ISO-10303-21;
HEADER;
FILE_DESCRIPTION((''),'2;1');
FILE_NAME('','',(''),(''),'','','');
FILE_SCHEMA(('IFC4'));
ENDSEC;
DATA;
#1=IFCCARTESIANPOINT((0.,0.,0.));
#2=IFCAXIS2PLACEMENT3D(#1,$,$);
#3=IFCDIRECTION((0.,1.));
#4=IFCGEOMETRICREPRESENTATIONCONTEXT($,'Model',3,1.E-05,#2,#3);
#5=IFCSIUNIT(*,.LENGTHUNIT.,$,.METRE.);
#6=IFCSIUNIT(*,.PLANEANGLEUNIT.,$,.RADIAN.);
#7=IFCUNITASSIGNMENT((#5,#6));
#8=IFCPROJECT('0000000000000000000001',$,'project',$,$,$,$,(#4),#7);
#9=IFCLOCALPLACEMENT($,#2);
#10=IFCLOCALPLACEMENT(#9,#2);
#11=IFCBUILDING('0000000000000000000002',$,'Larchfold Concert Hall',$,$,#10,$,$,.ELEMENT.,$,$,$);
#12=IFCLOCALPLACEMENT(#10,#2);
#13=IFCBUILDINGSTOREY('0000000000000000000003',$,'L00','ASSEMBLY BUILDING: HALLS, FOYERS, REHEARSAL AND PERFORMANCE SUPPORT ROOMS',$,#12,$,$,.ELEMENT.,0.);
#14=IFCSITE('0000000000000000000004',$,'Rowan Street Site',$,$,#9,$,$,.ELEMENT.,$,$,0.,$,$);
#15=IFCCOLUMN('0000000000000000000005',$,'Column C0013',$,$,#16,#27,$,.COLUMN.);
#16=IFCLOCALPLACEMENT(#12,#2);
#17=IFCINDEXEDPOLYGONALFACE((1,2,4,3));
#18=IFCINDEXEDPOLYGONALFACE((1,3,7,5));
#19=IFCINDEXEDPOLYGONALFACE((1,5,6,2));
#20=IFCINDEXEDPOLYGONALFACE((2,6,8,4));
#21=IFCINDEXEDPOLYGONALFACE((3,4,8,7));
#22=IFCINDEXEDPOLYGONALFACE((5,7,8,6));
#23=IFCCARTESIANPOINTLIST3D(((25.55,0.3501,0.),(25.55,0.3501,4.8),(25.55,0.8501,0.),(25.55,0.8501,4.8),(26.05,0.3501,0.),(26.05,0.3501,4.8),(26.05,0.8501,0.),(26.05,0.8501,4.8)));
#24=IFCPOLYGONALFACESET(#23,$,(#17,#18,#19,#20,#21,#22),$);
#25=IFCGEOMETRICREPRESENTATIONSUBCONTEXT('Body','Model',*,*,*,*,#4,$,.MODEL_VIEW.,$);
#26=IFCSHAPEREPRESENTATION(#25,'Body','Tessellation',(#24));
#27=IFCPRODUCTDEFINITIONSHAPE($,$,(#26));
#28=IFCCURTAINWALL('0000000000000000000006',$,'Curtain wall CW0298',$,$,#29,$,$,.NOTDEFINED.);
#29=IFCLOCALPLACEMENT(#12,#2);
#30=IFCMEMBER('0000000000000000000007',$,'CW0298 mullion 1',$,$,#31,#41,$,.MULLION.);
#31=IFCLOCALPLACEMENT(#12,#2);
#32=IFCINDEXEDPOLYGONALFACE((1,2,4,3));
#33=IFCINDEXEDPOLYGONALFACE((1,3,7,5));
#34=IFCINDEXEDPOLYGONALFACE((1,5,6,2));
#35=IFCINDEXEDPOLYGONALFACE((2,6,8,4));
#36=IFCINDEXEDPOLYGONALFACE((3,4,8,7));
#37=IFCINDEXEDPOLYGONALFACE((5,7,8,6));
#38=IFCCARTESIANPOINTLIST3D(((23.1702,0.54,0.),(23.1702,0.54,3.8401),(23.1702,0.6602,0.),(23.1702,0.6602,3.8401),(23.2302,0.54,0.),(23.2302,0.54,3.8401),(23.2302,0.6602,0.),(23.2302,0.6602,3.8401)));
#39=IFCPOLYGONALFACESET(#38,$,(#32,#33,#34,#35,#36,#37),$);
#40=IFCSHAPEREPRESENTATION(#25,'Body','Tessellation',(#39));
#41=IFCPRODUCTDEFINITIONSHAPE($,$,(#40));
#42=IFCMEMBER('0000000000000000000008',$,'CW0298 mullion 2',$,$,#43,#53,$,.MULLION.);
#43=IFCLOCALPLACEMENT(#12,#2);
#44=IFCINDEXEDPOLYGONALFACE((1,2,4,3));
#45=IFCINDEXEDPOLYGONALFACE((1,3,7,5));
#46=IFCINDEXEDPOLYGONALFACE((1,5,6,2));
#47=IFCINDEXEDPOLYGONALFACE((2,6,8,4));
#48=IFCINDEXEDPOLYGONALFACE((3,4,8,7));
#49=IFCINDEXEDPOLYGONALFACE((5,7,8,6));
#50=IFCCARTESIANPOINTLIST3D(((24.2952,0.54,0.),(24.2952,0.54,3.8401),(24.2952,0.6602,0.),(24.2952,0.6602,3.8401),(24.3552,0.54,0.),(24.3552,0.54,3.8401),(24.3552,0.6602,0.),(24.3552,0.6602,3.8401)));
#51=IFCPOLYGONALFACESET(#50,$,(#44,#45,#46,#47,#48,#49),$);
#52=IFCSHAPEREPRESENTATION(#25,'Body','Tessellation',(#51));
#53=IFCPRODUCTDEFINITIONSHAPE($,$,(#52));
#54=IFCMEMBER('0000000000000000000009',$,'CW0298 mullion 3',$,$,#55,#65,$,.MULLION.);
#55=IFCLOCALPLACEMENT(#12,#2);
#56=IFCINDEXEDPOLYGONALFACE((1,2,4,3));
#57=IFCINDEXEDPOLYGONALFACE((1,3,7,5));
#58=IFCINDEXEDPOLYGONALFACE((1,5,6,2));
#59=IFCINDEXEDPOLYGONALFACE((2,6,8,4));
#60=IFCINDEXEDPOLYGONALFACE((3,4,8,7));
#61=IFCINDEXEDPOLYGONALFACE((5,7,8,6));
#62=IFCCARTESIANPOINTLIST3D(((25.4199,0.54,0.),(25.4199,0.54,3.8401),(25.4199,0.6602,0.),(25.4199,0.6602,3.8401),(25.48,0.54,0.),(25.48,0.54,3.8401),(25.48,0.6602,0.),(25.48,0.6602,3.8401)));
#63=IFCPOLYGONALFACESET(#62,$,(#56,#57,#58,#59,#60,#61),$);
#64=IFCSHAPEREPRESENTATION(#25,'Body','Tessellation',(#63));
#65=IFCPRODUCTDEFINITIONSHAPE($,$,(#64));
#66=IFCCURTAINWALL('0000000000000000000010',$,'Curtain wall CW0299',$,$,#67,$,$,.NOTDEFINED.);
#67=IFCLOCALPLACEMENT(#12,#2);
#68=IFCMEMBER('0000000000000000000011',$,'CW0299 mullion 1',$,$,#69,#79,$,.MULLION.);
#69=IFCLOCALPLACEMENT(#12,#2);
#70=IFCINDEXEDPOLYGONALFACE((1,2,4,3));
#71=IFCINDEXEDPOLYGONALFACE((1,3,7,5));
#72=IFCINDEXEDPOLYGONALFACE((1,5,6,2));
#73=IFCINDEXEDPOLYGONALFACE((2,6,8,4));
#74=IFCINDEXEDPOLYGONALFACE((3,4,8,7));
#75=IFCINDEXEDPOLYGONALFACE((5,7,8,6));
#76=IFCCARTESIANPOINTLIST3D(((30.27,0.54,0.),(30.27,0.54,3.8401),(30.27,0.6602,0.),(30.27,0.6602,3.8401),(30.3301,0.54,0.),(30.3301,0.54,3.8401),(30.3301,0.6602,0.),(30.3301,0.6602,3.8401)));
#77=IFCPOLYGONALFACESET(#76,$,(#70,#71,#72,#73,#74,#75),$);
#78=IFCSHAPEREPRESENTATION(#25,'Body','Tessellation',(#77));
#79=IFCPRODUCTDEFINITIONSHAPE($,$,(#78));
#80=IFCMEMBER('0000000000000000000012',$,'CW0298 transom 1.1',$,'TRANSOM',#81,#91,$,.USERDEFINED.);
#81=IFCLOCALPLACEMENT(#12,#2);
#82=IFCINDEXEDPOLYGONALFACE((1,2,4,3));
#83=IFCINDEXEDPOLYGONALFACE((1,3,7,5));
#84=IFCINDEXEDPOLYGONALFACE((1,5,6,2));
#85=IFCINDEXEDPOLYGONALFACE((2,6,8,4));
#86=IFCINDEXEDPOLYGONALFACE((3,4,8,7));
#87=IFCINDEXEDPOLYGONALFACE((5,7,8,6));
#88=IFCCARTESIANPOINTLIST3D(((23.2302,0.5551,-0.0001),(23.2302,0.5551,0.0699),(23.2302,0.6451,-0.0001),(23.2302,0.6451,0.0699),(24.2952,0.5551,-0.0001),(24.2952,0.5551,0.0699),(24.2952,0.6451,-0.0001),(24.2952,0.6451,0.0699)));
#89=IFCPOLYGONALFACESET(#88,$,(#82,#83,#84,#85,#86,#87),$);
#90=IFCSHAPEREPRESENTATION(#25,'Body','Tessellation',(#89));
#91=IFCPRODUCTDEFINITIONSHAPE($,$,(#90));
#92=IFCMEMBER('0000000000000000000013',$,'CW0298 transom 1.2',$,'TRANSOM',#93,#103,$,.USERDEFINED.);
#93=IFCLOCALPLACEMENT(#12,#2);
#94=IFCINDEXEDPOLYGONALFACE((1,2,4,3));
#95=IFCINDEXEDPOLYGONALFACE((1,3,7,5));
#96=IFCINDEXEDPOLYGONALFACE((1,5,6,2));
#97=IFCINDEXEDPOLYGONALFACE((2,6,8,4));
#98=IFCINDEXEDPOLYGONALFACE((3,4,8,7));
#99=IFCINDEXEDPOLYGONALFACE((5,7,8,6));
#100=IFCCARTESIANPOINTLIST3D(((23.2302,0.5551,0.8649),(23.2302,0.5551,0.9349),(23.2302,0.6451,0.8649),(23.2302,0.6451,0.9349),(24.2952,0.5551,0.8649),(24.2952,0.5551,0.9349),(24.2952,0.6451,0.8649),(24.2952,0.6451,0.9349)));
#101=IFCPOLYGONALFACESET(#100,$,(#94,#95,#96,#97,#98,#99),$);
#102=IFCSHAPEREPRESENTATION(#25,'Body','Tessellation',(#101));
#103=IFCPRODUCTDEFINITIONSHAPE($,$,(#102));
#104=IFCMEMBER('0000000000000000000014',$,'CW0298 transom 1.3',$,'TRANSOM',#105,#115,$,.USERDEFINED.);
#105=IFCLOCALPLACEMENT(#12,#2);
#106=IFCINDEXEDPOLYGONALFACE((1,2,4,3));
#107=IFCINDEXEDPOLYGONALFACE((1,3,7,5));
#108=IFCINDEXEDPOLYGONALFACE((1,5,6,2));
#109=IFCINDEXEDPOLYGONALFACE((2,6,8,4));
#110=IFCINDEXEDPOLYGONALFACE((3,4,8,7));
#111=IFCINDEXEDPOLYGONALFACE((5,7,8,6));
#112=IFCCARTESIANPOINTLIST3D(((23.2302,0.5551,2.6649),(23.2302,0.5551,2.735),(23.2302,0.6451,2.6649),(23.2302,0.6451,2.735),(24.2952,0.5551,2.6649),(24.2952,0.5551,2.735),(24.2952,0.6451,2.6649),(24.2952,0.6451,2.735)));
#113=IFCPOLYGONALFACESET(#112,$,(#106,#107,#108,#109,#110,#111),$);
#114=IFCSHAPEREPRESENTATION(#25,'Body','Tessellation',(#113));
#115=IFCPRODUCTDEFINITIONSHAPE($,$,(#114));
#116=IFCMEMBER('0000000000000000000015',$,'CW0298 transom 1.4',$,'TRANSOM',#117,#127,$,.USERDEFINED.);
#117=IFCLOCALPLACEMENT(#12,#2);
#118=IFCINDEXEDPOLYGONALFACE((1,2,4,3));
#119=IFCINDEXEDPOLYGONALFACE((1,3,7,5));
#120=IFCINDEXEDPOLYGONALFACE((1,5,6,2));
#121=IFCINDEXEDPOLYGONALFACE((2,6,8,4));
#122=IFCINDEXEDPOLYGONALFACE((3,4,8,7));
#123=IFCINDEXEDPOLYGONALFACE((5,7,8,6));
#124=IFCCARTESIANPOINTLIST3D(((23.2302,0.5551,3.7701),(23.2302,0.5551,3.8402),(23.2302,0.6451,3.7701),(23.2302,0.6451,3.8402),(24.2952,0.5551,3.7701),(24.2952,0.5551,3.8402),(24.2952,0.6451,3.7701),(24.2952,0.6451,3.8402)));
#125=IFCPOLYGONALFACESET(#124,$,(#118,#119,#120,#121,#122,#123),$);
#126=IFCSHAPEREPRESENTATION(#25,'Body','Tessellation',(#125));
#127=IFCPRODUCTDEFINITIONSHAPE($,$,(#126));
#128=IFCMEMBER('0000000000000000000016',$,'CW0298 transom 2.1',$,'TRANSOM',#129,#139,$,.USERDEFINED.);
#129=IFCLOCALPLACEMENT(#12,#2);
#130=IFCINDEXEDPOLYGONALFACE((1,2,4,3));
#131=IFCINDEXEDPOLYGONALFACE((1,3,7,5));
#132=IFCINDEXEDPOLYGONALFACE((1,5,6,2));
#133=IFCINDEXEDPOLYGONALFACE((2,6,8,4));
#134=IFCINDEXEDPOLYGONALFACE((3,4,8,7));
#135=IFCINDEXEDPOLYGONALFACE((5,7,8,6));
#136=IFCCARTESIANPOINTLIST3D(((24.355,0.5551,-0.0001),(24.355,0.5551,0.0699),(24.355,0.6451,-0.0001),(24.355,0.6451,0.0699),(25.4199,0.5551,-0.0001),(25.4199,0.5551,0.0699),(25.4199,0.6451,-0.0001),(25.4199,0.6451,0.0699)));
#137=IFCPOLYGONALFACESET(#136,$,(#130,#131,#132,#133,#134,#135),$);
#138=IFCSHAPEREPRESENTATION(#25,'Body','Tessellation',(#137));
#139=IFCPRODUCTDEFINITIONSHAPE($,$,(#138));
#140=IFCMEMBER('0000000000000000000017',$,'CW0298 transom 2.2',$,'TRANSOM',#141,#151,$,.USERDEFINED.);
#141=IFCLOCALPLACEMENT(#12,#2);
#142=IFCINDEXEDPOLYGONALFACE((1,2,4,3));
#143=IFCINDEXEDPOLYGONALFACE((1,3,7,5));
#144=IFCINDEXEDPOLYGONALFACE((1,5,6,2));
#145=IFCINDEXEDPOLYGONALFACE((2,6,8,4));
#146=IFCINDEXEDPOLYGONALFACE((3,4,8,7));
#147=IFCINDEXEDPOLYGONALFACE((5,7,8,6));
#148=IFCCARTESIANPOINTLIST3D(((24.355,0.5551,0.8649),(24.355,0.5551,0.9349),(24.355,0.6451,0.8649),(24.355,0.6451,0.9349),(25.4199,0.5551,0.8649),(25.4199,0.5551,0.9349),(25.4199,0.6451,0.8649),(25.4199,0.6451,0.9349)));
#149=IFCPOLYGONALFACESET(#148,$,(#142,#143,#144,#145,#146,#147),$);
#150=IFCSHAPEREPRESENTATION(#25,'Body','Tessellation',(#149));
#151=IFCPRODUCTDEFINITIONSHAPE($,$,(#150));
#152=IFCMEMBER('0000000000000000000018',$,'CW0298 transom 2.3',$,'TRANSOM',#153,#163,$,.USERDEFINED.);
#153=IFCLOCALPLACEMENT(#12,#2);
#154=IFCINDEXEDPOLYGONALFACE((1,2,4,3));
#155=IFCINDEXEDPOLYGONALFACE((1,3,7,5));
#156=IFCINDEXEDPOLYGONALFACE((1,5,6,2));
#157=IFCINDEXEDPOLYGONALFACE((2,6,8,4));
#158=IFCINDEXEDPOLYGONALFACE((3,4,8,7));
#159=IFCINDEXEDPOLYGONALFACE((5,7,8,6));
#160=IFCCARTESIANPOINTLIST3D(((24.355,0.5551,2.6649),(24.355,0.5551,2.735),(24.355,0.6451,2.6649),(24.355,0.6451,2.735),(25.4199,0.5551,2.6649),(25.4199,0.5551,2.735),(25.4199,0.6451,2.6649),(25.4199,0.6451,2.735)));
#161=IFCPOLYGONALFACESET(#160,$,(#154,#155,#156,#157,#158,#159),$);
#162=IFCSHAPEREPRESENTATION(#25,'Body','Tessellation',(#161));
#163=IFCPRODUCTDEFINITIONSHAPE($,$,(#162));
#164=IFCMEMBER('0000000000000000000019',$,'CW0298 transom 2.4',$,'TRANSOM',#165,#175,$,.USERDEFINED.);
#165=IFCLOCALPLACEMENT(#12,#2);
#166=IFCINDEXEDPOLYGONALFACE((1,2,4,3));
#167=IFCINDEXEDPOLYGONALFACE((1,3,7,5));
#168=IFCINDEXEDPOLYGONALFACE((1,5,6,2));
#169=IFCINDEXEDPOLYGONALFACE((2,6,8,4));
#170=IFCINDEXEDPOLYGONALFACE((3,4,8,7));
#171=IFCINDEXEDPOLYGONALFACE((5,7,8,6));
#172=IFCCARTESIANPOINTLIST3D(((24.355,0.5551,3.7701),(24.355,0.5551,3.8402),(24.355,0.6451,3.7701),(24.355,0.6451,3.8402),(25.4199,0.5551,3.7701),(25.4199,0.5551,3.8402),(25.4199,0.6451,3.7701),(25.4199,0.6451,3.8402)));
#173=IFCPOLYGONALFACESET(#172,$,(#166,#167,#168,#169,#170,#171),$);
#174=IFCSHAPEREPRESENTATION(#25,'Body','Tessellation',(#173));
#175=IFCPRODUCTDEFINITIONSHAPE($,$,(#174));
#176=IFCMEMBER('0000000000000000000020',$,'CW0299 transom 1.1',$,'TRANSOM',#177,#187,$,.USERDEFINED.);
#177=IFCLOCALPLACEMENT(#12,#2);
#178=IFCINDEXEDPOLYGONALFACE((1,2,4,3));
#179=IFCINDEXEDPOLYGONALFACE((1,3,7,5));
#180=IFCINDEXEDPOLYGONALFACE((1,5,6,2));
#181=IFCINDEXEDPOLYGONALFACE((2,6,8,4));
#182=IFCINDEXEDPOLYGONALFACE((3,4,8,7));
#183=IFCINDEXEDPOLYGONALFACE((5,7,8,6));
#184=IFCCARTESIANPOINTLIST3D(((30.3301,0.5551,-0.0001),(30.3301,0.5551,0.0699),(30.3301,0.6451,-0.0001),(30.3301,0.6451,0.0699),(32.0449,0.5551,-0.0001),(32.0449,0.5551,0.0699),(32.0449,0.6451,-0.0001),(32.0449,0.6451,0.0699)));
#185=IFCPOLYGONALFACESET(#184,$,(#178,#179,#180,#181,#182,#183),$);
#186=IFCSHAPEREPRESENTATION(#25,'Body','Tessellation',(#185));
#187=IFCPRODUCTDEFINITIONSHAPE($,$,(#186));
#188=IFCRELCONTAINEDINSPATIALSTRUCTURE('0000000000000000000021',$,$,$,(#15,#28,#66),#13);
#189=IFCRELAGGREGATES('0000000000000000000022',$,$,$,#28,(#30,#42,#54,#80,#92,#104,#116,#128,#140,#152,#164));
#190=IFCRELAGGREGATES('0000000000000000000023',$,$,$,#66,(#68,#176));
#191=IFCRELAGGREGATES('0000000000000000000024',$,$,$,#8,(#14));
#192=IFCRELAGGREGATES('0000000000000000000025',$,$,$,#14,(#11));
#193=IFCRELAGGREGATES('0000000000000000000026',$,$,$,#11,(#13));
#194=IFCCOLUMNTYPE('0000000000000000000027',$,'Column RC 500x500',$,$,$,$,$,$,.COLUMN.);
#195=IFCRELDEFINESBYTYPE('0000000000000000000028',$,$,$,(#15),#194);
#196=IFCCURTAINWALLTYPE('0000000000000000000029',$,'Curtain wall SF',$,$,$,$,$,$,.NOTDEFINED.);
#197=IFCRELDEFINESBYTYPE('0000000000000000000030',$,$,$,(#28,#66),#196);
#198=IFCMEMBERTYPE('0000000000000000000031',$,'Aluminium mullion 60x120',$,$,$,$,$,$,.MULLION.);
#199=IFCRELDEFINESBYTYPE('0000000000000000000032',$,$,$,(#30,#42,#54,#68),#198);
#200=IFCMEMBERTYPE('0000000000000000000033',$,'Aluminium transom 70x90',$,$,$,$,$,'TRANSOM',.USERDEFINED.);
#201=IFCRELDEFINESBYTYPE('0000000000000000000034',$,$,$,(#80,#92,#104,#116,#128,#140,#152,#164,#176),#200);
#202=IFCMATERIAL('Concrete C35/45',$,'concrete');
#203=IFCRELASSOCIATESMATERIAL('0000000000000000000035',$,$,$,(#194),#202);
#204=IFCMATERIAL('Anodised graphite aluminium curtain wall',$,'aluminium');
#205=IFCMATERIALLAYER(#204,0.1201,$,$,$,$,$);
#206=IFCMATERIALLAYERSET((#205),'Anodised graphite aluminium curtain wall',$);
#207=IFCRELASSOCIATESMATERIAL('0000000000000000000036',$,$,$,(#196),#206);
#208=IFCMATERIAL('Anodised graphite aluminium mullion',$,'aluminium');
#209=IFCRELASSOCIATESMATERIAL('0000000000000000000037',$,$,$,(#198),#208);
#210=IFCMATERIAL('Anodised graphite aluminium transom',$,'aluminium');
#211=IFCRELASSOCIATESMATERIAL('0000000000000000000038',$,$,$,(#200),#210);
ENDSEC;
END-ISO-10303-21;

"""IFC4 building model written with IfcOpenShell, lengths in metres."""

from ifc_helpers import new_model, si_unit, direction, frame, origin, origin_2d, place, context, subcontext, project, spatial, rectangle, extrude, material, layer, layer_set, material_profile, profile_set, type_object, element, aggregate, save


model = new_model("IFC4")

# Units and contexts
model_context = context("Model", 3, precision=1e-05, world=origin(), true_north=direction((0.0, 1.0)))
body_context = subcontext(model_context, "Body", "Model", "MODEL_VIEW")
ifc_project = project(units=[si_unit("LENGTHUNIT", "METRE"), si_unit("PLANEANGLEUNIT", "RADIAN")], contexts=[model_context])

# Site, building, storey
site_placement = place(None, origin())
site = spatial("IfcSite", under=ifc_project, at=site_placement, Name="Rowan Street Site", CompositionType="ELEMENT", RefElevation=0.0)
building_placement = place(site_placement, origin())
building = spatial("IfcBuilding", under=site, at=building_placement, Name="Larchfold Concert Hall", CompositionType="ELEMENT")
storey_placement = place(building_placement, origin())
storey = spatial("IfcBuildingStorey", under=building, at=storey_placement, Name="L00", Description="ASSEMBLY BUILDING: HALLS, FOYERS, REHEARSAL AND PERFORMANCE SUPPORT ROOMS", CompositionType="ELEMENT", Elevation=0.0)

# Column
ifc_material_1 = material(Name="Concrete C35/45", Category="concrete")
ifc_material_profile_1 = material_profile(ifc_material_1, rectangle(XDim=0.5, YDim=0.5, at=origin_2d()))
ifc_profile_set_1 = profile_set([ifc_material_profile_1], Name="Concrete C35/45")
column_type = type_object("IfcColumnType", Name="Column RC 500x500", PredefinedType="COLUMN", material=ifc_profile_set_1)
column_placement = place(storey_placement, frame((25.8, 0.6001, 0.0), z_axis=(0.0, 0.0, 1.0), x_axis=(1.0, 0.0, 0.0)))
element("IfcColumn", 1, at=column_placement, inside=storey, type_object=column_type, Name="Column C0013", PredefinedType="COLUMN", context=body_context, shape_type="SweptSolid", body=[
    extrude(rectangle(XDim=0.5, YDim=0.5, at=origin_2d()), origin(), (0.0, 0.0, 1.0), 4.8),
])

# Curtain wall, members
ifc_material_2 = material(Name="Anodised graphite aluminium curtain wall", Category="aluminium")
ifc_layer_1 = layer(ifc_material_2, 0.1201)
ifc_layer_set_1 = layer_set([ifc_layer_1], Name="Anodised graphite aluminium curtain wall")
curtain_wall_type = type_object("IfcCurtainWallType", Name="Curtain wall SF", PredefinedType="NOTDEFINED", material=ifc_layer_set_1)
curtain_wall_1_placement = place(storey_placement, origin())
curtain_wall_1 = element("IfcCurtainWall", 2, at=curtain_wall_1_placement, inside=storey, type_object=curtain_wall_type, Name="Curtain wall CW0298", PredefinedType="NOTDEFINED")
ifc_material_3 = material(Name="Anodised graphite aluminium mullion", Category="aluminium")
ifc_material_profile_2 = material_profile(ifc_material_3, rectangle(XDim=0.1201, YDim=0.0601, at=origin_2d()))
ifc_profile_set_2 = profile_set([ifc_material_profile_2], Name="Anodised graphite aluminium mullion")
member_type_1 = type_object("IfcMemberType", Name="Aluminium mullion 60x120", PredefinedType="MULLION", material=ifc_profile_set_2)
member_1_placement = place(storey_placement, frame((23.2002, 0.6001, 0.0), z_axis=(0.0, 0.0, 1.0), x_axis=(0.0, 1.0, 0.0)))
member_1 = element("IfcMember", 3, at=member_1_placement, type_object=member_type_1, Name="CW0298 mullion 1", PredefinedType="MULLION", context=body_context, shape_type="SweptSolid", body=[
    extrude(rectangle(XDim=0.1201, YDim=0.0601, at=origin_2d()), origin(), (0.0, 0.0, 1.0), 3.8401),
])
member_2_placement = place(storey_placement, frame((24.3252, 0.6001, 0.0), z_axis=(0.0, 0.0, 1.0), x_axis=(0.0, 1.0, 0.0)))
member_2 = element("IfcMember", 4, at=member_2_placement, type_object=member_type_1, Name="CW0298 mullion 2", PredefinedType="MULLION", context=body_context, shape_type="SweptSolid", body=[
    extrude(rectangle(XDim=0.1201, YDim=0.0601, at=origin_2d()), origin(), (0.0, 0.0, 1.0), 3.8401),
])
member_3_placement = place(storey_placement, frame((25.45, 0.6001, 0.0), z_axis=(0.0, 0.0, 1.0), x_axis=(0.0, 1.0, 0.0)))
member_3 = element("IfcMember", 5, at=member_3_placement, type_object=member_type_1, Name="CW0298 mullion 3", PredefinedType="MULLION", context=body_context, shape_type="SweptSolid", body=[
    extrude(rectangle(XDim=0.1201, YDim=0.0601, at=origin_2d()), origin(), (0.0, 0.0, 1.0), 3.8401),
])

# Curtain wall, member
curtain_wall_2_placement = place(storey_placement, origin())
curtain_wall_2 = element("IfcCurtainWall", 6, at=curtain_wall_2_placement, inside=storey, type_object=curtain_wall_type, Name="Curtain wall CW0299", PredefinedType="NOTDEFINED")
member_4_placement = place(storey_placement, frame((30.3, 0.6001, 0.0), z_axis=(0.0, 0.0, 1.0), x_axis=(0.0, 1.0, 0.0)))
member_4 = element("IfcMember", 7, at=member_4_placement, type_object=member_type_1, Name="CW0299 mullion 1", PredefinedType="MULLION", context=body_context, shape_type="SweptSolid", body=[
    extrude(rectangle(XDim=0.1201, YDim=0.0601, at=origin_2d()), origin(), (0.0, 0.0, 1.0), 3.8401),
])

# Members
ifc_material_4 = material(Name="Anodised graphite aluminium transom", Category="aluminium")
ifc_material_profile_3 = material_profile(ifc_material_4, rectangle(XDim=0.0901, YDim=0.0701, at=origin_2d()))
ifc_profile_set_3 = profile_set([ifc_material_profile_3], Name="Anodised graphite aluminium transom")
member_type_2 = type_object("IfcMemberType", Name="Aluminium transom 70x90", ElementType="TRANSOM", PredefinedType="USERDEFINED", material=ifc_profile_set_3)
member_5_placement = place(storey_placement, frame((23.2302, 0.6001, 0.0349), z_axis=(1.0, 0.0, 0.0), x_axis=(0.0, 1.0, 0.0)))
member_5 = element("IfcMember", 8, at=member_5_placement, type_object=member_type_2, Name="CW0298 transom 1.1", ObjectType="TRANSOM", PredefinedType="USERDEFINED", context=body_context, shape_type="SweptSolid", body=[
    extrude(rectangle(XDim=0.0901, YDim=0.0701, at=origin_2d()), origin(), (0.0, 0.0, 1.0), 1.0649),
])
member_6_placement = place(storey_placement, frame((23.2302, 0.6001, 0.8999), z_axis=(1.0, 0.0, 0.0), x_axis=(0.0, 1.0, 0.0)))
member_6 = element("IfcMember", 9, at=member_6_placement, type_object=member_type_2, Name="CW0298 transom 1.2", ObjectType="TRANSOM", PredefinedType="USERDEFINED", context=body_context, shape_type="SweptSolid", body=[
    extrude(rectangle(XDim=0.0901, YDim=0.0701, at=origin_2d()), origin(), (0.0, 0.0, 1.0), 1.0649),
])
member_7_placement = place(storey_placement, frame((23.2302, 0.6001, 2.7), z_axis=(1.0, 0.0, 0.0), x_axis=(0.0, 1.0, 0.0)))
member_7 = element("IfcMember", 10, at=member_7_placement, type_object=member_type_2, Name="CW0298 transom 1.3", ObjectType="TRANSOM", PredefinedType="USERDEFINED", context=body_context, shape_type="SweptSolid", body=[
    extrude(rectangle(XDim=0.0901, YDim=0.0701, at=origin_2d()), origin(), (0.0, 0.0, 1.0), 1.0649),
])
member_8_placement = place(storey_placement, frame((23.2302, 0.6001, 3.8052), z_axis=(1.0, 0.0, 0.0), x_axis=(0.0, 1.0, 0.0)))
member_8 = element("IfcMember", 11, at=member_8_placement, type_object=member_type_2, Name="CW0298 transom 1.4", ObjectType="TRANSOM", PredefinedType="USERDEFINED", context=body_context, shape_type="SweptSolid", body=[
    extrude(rectangle(XDim=0.0901, YDim=0.0701, at=origin_2d()), origin(), (0.0, 0.0, 1.0), 1.0649),
])
member_9_placement = place(storey_placement, frame((24.355, 0.6001, 0.0349), z_axis=(1.0, 0.0, 0.0), x_axis=(0.0, 1.0, 0.0)))
member_9 = element("IfcMember", 12, at=member_9_placement, type_object=member_type_2, Name="CW0298 transom 2.1", ObjectType="TRANSOM", PredefinedType="USERDEFINED", context=body_context, shape_type="SweptSolid", body=[
    extrude(rectangle(XDim=0.0901, YDim=0.0701, at=origin_2d()), origin(), (0.0, 0.0, 1.0), 1.0649),
])
member_10_placement = place(storey_placement, frame((24.355, 0.6001, 0.8999), z_axis=(1.0, 0.0, 0.0), x_axis=(0.0, 1.0, 0.0)))
member_10 = element("IfcMember", 13, at=member_10_placement, type_object=member_type_2, Name="CW0298 transom 2.2", ObjectType="TRANSOM", PredefinedType="USERDEFINED", context=body_context, shape_type="SweptSolid", body=[
    extrude(rectangle(XDim=0.0901, YDim=0.0701, at=origin_2d()), origin(), (0.0, 0.0, 1.0), 1.0649),
])
member_11_placement = place(storey_placement, frame((24.355, 0.6001, 2.7), z_axis=(1.0, 0.0, 0.0), x_axis=(0.0, 1.0, 0.0)))
member_11 = element("IfcMember", 14, at=member_11_placement, type_object=member_type_2, Name="CW0298 transom 2.3", ObjectType="TRANSOM", PredefinedType="USERDEFINED", context=body_context, shape_type="SweptSolid", body=[
    extrude(rectangle(XDim=0.0901, YDim=0.0701, at=origin_2d()), origin(), (0.0, 0.0, 1.0), 1.0649),
])
member_12_placement = place(storey_placement, frame((24.355, 0.6001, 3.8052), z_axis=(1.0, 0.0, 0.0), x_axis=(0.0, 1.0, 0.0)))
member_12 = element("IfcMember", 15, at=member_12_placement, type_object=member_type_2, Name="CW0298 transom 2.4", ObjectType="TRANSOM", PredefinedType="USERDEFINED", context=body_context, shape_type="SweptSolid", body=[
    extrude(rectangle(XDim=0.0901, YDim=0.0701, at=origin_2d()), origin(), (0.0, 0.0, 1.0), 1.0649),
])
member_13_placement = place(storey_placement, frame((30.3301, 0.6001, 0.0349), z_axis=(1.0, 0.0, 0.0), x_axis=(0.0, 1.0, 0.0)))
member_13 = element("IfcMember", 16, at=member_13_placement, type_object=member_type_2, Name="CW0299 transom 1.1", ObjectType="TRANSOM", PredefinedType="USERDEFINED", context=body_context, shape_type="SweptSolid", body=[
    extrude(rectangle(XDim=0.0901, YDim=0.0701, at=origin_2d()), origin(), (0.0, 0.0, 1.0), 1.7148),
])

aggregate(curtain_wall_1, [member_1, member_2, member_3, member_5, member_6, member_7, member_8, member_9, member_10, member_11, member_12])
aggregate(curtain_wall_2, [member_4, member_13])

save(model, "model.ifc")
